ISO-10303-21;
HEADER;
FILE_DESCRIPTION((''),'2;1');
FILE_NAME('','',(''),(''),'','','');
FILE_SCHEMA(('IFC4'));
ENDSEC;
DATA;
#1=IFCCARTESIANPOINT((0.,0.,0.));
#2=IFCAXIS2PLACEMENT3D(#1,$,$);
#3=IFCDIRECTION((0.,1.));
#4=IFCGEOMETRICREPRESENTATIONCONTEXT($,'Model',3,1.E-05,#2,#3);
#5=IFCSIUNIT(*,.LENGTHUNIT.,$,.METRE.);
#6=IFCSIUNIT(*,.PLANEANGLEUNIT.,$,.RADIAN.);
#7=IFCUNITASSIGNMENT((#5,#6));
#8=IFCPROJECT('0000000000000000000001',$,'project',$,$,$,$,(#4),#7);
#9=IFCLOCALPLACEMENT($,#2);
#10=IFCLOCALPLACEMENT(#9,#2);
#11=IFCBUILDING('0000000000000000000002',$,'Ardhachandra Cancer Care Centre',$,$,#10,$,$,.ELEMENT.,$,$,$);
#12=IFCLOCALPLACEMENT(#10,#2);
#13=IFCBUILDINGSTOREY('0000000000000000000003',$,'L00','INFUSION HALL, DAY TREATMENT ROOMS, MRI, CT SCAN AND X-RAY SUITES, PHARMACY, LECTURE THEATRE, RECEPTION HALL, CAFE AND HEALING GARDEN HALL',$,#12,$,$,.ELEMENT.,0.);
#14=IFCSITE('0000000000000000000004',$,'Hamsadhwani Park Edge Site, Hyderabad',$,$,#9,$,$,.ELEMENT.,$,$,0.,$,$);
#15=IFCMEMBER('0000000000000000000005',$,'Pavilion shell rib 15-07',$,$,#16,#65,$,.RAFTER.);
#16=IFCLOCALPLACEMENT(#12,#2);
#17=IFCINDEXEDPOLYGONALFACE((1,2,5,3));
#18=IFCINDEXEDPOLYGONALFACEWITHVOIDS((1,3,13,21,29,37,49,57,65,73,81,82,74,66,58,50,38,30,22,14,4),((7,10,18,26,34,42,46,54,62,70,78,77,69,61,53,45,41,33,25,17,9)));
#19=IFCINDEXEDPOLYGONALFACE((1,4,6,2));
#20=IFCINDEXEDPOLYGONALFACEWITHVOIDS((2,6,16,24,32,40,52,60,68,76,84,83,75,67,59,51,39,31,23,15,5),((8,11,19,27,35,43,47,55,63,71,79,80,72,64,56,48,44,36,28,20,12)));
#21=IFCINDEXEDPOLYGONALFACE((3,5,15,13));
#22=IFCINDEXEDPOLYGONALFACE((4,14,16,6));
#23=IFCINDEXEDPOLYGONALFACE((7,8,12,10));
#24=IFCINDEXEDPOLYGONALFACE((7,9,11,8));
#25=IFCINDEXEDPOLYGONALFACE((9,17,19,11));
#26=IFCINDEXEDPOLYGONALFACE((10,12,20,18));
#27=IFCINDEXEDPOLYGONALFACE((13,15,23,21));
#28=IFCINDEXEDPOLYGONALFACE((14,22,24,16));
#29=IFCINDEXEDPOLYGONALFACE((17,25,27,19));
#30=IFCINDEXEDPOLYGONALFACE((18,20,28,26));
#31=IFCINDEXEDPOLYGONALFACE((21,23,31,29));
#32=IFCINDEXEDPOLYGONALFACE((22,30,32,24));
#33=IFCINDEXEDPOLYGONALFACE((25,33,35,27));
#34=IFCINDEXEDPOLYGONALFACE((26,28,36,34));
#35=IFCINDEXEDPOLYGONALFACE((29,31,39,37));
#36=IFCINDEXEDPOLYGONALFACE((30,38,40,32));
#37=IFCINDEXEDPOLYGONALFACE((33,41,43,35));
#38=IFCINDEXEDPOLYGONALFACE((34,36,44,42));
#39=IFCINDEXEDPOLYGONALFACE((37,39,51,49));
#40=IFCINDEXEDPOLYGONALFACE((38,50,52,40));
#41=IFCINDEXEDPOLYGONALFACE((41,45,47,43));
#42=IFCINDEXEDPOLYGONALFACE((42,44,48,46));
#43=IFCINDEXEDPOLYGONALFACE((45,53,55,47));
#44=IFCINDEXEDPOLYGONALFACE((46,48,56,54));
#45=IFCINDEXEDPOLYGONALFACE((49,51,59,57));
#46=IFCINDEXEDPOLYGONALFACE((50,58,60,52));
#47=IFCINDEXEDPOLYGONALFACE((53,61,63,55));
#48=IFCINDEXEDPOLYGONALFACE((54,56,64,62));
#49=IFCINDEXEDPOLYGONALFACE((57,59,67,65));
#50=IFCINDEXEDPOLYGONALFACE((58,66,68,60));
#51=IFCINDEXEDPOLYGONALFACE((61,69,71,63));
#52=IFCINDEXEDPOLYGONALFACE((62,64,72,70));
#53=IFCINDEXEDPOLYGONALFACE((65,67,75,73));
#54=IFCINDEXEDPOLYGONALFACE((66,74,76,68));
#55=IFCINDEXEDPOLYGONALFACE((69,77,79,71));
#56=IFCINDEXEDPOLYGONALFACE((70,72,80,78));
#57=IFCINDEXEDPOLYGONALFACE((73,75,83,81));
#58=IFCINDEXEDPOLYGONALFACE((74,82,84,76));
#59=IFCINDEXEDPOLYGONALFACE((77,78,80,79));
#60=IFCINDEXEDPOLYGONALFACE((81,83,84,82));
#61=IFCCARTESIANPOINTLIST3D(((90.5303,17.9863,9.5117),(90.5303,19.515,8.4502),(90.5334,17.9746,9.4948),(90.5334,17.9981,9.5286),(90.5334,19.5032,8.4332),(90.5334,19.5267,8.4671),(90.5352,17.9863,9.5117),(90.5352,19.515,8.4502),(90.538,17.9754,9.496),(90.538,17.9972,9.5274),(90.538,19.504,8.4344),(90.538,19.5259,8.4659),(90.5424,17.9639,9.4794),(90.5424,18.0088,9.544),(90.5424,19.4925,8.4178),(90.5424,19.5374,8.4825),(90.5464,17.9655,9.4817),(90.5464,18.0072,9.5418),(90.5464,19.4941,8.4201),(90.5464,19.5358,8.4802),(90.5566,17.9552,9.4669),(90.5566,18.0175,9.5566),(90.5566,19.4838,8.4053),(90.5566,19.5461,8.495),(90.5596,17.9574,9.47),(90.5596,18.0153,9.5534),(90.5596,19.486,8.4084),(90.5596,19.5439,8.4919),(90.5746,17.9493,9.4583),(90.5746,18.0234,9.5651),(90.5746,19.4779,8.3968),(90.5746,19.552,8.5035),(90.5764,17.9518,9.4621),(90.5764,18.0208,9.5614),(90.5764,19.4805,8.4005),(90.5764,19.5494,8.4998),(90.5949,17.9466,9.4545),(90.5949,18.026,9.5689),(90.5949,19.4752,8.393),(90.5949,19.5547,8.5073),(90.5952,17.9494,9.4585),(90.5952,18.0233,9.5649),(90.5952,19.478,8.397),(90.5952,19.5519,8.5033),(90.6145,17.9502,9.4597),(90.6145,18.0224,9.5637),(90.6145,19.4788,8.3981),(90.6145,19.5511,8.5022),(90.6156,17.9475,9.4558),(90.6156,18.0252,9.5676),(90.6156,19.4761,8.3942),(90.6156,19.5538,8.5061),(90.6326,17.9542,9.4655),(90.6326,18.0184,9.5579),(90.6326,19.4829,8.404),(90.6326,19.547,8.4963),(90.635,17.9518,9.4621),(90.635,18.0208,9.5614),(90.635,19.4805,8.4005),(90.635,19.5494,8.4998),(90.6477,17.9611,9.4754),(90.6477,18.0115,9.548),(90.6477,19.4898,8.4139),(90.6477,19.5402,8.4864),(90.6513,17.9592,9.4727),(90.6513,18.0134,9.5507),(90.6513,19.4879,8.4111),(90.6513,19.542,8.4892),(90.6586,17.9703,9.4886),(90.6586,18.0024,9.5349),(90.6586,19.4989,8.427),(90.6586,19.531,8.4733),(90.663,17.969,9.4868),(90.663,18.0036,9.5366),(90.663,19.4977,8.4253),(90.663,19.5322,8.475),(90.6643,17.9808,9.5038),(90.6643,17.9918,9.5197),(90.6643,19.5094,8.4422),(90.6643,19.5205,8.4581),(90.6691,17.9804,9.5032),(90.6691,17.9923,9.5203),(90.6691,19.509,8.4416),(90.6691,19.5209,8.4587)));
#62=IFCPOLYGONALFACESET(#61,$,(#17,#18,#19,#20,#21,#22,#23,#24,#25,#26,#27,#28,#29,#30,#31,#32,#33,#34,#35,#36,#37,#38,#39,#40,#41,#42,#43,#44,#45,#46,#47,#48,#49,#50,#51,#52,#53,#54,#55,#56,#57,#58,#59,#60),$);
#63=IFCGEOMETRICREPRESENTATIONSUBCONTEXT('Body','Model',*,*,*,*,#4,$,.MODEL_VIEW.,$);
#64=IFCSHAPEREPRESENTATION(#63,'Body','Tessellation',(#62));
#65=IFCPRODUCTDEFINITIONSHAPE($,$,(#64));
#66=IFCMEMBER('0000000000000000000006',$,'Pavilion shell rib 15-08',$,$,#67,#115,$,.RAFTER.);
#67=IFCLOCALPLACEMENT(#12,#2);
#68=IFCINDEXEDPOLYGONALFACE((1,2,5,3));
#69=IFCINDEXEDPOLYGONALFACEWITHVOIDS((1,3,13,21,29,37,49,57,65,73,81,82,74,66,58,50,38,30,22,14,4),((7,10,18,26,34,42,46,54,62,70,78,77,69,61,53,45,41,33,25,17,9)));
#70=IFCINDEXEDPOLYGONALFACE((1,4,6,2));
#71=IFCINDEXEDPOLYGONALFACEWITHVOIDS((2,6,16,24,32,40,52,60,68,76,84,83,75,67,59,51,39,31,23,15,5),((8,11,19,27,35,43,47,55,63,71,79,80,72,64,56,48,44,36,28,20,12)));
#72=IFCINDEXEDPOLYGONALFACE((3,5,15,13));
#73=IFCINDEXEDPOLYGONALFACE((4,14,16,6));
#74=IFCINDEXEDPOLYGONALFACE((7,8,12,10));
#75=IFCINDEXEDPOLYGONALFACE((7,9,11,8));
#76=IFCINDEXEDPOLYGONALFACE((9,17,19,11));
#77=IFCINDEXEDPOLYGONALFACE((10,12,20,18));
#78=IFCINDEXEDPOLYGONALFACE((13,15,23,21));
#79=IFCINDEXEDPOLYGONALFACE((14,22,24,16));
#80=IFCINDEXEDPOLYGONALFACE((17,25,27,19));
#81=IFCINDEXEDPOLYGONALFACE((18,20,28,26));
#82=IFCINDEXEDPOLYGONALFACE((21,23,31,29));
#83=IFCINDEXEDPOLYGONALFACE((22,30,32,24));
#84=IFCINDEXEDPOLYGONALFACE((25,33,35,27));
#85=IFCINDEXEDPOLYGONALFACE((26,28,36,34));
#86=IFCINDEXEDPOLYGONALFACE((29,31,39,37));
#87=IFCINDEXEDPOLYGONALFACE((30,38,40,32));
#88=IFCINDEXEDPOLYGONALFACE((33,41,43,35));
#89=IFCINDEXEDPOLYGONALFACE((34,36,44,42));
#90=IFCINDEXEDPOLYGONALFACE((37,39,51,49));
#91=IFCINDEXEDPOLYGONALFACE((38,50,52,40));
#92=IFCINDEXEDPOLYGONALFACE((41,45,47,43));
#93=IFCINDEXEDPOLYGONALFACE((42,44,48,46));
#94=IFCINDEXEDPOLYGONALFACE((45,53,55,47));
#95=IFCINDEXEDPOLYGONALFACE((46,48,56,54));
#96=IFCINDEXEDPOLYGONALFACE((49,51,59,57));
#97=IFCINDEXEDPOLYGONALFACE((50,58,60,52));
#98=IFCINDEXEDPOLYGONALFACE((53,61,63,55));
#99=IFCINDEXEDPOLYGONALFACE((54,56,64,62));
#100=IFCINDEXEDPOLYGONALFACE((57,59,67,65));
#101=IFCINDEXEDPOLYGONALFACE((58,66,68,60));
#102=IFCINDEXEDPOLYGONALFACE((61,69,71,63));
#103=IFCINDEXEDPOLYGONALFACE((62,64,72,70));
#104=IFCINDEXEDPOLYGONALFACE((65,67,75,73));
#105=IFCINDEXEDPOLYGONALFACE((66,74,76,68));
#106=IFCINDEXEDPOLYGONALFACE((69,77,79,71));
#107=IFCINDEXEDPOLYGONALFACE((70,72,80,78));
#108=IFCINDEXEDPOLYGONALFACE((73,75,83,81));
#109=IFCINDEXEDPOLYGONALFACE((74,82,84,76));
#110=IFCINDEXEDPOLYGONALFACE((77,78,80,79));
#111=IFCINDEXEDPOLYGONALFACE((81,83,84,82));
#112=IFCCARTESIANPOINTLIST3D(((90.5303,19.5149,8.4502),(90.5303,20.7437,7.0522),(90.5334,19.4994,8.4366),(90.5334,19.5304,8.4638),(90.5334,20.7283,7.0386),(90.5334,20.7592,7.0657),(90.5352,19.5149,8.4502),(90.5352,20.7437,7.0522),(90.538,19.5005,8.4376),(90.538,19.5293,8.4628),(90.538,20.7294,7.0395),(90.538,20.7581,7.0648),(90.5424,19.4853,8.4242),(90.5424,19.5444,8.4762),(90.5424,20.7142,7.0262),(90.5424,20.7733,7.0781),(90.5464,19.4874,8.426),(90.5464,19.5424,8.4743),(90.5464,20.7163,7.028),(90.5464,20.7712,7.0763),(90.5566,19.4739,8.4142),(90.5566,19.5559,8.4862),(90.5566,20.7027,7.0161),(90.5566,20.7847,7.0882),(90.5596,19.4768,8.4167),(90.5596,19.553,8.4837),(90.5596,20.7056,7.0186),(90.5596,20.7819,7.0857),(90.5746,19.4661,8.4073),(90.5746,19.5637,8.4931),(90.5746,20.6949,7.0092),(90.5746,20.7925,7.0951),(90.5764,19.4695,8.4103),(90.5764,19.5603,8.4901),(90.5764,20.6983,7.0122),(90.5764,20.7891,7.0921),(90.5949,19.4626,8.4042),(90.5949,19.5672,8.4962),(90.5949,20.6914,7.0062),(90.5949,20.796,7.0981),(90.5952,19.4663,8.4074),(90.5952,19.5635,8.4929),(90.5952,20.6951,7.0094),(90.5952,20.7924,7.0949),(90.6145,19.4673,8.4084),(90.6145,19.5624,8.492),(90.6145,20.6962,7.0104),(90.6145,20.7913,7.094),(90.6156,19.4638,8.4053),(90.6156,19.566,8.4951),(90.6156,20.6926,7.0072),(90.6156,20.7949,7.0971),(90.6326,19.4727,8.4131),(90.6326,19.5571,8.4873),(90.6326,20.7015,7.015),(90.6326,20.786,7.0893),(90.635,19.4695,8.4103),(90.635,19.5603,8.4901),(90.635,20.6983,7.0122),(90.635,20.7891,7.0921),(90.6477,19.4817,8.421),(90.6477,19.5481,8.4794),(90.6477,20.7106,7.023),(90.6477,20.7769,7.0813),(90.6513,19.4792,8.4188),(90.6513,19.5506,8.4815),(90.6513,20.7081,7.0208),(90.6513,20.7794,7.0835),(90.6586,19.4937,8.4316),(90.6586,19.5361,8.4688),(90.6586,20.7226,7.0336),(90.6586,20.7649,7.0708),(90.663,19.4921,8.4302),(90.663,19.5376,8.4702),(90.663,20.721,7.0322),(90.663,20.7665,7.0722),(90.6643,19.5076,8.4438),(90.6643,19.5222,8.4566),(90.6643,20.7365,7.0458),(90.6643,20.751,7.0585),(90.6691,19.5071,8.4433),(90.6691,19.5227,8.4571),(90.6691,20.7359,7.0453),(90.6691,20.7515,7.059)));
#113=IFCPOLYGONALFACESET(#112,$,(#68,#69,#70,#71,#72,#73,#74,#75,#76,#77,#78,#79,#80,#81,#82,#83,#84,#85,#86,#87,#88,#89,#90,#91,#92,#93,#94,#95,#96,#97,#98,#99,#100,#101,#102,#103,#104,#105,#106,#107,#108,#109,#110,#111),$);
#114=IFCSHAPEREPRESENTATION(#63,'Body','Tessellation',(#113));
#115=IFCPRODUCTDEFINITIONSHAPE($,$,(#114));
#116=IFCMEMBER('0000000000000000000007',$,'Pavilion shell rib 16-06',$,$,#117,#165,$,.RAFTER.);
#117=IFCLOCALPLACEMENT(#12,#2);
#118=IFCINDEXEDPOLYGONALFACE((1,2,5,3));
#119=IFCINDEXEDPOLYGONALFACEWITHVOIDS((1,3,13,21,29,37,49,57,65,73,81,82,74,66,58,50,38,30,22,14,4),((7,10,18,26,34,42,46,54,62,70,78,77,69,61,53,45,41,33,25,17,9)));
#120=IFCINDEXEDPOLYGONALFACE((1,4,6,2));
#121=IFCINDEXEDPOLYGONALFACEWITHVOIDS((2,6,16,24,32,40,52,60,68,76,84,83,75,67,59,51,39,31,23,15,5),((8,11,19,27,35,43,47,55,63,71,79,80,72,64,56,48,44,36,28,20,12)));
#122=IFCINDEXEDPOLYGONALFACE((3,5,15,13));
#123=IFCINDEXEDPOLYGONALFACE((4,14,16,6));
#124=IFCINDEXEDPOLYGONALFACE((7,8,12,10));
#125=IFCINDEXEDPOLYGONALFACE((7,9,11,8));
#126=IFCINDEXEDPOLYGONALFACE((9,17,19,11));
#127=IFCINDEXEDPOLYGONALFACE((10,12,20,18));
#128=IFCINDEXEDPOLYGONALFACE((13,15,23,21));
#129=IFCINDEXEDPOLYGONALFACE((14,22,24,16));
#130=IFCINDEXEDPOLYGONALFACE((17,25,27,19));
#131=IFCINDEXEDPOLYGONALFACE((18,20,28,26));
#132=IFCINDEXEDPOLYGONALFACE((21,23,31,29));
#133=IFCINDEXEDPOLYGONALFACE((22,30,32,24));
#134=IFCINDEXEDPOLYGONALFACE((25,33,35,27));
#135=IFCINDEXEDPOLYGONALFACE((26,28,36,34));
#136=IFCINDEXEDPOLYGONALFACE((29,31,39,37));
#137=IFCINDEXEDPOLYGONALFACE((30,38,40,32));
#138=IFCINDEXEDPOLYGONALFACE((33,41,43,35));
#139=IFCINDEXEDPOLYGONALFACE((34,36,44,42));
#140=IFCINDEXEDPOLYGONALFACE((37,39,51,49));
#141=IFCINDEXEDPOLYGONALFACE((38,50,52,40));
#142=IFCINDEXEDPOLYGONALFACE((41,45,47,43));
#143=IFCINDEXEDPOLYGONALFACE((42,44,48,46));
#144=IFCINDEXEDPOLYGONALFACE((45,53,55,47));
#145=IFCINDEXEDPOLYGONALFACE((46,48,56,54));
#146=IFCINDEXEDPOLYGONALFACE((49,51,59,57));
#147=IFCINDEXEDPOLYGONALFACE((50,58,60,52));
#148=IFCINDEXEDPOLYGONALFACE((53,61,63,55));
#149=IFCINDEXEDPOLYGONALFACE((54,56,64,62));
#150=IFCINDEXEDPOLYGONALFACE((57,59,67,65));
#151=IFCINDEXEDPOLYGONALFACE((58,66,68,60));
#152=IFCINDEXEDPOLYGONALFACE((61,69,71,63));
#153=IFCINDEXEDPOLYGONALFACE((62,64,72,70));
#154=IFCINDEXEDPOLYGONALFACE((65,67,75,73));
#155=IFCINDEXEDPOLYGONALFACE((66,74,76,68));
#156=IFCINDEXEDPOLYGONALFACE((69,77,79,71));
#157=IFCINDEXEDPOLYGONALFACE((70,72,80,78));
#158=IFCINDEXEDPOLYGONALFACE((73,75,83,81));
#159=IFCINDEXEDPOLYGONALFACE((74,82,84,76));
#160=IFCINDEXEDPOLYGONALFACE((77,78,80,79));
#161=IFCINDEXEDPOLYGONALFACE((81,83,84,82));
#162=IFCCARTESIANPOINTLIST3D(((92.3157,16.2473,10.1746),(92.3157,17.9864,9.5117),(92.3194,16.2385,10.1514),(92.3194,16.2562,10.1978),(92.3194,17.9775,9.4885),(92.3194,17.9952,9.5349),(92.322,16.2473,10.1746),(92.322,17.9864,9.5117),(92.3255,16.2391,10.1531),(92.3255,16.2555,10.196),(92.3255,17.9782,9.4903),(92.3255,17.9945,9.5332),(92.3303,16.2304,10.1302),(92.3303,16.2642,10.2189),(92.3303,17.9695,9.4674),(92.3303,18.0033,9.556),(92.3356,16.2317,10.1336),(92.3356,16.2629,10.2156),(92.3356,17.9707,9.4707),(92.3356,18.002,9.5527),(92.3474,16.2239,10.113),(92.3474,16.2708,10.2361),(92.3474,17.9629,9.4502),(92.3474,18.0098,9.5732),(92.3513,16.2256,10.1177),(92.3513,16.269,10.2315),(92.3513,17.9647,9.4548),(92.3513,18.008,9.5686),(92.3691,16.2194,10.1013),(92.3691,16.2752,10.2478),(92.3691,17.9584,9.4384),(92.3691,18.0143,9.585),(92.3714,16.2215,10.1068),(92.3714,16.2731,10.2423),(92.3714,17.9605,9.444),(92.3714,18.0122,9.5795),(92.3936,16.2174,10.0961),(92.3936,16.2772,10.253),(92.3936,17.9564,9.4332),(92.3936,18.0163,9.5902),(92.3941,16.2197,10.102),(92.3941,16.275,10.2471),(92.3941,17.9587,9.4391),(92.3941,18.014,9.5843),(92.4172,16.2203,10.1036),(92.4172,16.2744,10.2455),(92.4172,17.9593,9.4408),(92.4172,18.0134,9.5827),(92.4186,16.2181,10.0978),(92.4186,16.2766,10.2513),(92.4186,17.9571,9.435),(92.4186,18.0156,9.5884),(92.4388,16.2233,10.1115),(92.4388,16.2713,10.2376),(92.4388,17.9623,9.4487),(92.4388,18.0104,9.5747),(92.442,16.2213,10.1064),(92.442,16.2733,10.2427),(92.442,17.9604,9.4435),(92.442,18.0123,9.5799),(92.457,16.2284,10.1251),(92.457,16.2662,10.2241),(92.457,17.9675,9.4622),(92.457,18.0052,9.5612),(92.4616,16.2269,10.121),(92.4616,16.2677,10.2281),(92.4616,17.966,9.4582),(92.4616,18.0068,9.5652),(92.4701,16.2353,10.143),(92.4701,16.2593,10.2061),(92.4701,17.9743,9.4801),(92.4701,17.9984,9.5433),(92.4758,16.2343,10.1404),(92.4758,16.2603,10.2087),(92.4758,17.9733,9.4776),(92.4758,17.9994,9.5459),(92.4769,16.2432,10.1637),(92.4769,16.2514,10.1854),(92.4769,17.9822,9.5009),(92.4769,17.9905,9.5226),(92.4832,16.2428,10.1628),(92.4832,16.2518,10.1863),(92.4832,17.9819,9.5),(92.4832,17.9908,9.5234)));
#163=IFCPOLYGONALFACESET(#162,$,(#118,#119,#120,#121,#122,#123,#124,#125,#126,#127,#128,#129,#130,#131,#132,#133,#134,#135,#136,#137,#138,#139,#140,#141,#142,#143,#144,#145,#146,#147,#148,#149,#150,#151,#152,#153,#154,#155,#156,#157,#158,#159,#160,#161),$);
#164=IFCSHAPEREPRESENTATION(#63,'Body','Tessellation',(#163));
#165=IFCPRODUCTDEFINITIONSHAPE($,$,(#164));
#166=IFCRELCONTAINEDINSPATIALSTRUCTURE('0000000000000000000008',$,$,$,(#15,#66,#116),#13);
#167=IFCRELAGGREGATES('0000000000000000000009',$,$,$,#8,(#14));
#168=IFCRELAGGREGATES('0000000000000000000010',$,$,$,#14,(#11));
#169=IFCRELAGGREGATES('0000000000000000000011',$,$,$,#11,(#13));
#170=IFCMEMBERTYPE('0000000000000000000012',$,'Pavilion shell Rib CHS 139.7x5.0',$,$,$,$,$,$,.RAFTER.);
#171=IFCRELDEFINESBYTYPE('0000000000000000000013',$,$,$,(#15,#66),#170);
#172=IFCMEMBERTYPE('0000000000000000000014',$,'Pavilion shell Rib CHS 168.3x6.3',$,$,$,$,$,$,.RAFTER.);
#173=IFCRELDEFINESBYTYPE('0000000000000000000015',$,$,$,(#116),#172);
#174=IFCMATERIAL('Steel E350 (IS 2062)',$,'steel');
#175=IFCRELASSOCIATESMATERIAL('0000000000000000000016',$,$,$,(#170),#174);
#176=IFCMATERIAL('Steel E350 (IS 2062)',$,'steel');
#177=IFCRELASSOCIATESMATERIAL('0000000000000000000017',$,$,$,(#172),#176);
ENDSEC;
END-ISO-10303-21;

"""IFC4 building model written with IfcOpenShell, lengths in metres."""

from ifc_helpers import new_model, si_unit, direction, frame, origin, origin_2d, place, context, subcontext, project, spatial, hollow_circle, extrude, material, material_profile, profile_set, type_object, element, save


model = new_model("IFC4")

# Units and contexts
model_context = context("Model", 3, precision=1e-05, world=origin(), true_north=direction((0.0, 1.0)))
body_context = subcontext(model_context, "Body", "Model", "MODEL_VIEW")
ifc_project = project(units=[si_unit("LENGTHUNIT", "METRE"), si_unit("PLANEANGLEUNIT", "RADIAN")], contexts=[model_context])

# Site, building, storey
site_placement = place(None, origin())
site = spatial("IfcSite", under=ifc_project, at=site_placement, Name="Hamsadhwani Park Edge Site, Hyderabad", CompositionType="ELEMENT", RefElevation=0.0)
building_placement = place(site_placement, origin())
building = spatial("IfcBuilding", under=site, at=building_placement, Name="Ardhachandra Cancer Care Centre", CompositionType="ELEMENT")
storey_placement = place(building_placement, origin())
storey = spatial("IfcBuildingStorey", under=building, at=storey_placement, Name="L00", Description="INFUSION HALL, DAY TREATMENT ROOMS, MRI, CT SCAN AND X-RAY SUITES, PHARMACY, LECTURE THEATRE, RECEPTION HALL, CAFE AND HEALING GARDEN HALL", CompositionType="ELEMENT", Elevation=0.0)

# Members
ifc_material_1 = material(Name="Steel E350 (IS 2062)", Category="steel")
ifc_material_profile_1 = material_profile(ifc_material_1, hollow_circle(Radius=0.0698, WallThickness=0.0049, at=origin_2d()), Name="CHS 139.7x5.0")
ifc_profile_set_1 = profile_set([ifc_material_profile_1], Name="Steel E350 (IS 2062)")
member_type_1 = type_object("IfcMemberType", Name="Pavilion shell Rib CHS 139.7x5.0", PredefinedType="RAFTER", material=ifc_profile_set_1)
for number, where, z_axis, x_axis, name in (
    (1, (90.6001, 17.9863, 9.5117), (0.0, 0.821365, -0.570403), (-1.0, 0.0, 0.0), "Pavilion shell rib 15-07"),
):
    element("IfcMember", number, at=place(storey_placement, frame(where, z_axis=z_axis, x_axis=x_axis)), inside=storey, type_object=member_type_1, Name=name, PredefinedType="RAFTER", context=body_context, shape_type="SweptSolid", body=[
        extrude(hollow_circle(Radius=0.0698, WallThickness=0.0049, at=origin_2d()), origin(), (0.0, 0.0, 1.0), 1.8611),
    ])
member_1_placement = place(storey_placement, frame((90.6001, 19.5149, 8.4502), z_axis=(0.0, 0.660193, -0.751096), x_axis=(-1.0, 0.0, 0.0)))
element("IfcMember", 2, at=member_1_placement, inside=storey, type_object=member_type_1, Name="Pavilion shell rib 15-08", PredefinedType="RAFTER", context=body_context, shape_type="SweptSolid", body=[
    extrude(hollow_circle(Radius=0.0698, WallThickness=0.0049, at=origin_2d()), origin(), (0.0, 0.0, 1.0), 1.8613),
])
ifc_material_2 = material(Name="Steel E350 (IS 2062)", Category="steel")
ifc_material_profile_2 = material_profile(ifc_material_2, hollow_circle(Radius=0.0842, WallThickness=0.0063, at=origin_2d()), Name="CHS 168.3x6.3")
ifc_profile_set_2 = profile_set([ifc_material_profile_2], Name="Steel E350 (IS 2062)")
member_type_2 = type_object("IfcMemberType", Name="Pavilion shell Rib CHS 168.3x6.3", PredefinedType="RAFTER", material=ifc_profile_set_2)
for number, where, z_axis, x_axis, name in (
    (3, (92.3999, 16.2473, 10.1746), (0.0, 0.934423, -0.356164), (-1.0, 0.0, 0.0), "Pavilion shell rib 16-06"),
):
    element("IfcMember", number, at=place(storey_placement, frame(where, z_axis=z_axis, x_axis=x_axis)), inside=storey, type_object=member_type_2, Name=name, PredefinedType="RAFTER", context=body_context, shape_type="SweptSolid", body=[
        extrude(hollow_circle(Radius=0.0842, WallThickness=0.0063, at=origin_2d()), origin(), (0.0, 0.0, 1.0), 1.8611),
    ])

save(model, "model.ifc")
